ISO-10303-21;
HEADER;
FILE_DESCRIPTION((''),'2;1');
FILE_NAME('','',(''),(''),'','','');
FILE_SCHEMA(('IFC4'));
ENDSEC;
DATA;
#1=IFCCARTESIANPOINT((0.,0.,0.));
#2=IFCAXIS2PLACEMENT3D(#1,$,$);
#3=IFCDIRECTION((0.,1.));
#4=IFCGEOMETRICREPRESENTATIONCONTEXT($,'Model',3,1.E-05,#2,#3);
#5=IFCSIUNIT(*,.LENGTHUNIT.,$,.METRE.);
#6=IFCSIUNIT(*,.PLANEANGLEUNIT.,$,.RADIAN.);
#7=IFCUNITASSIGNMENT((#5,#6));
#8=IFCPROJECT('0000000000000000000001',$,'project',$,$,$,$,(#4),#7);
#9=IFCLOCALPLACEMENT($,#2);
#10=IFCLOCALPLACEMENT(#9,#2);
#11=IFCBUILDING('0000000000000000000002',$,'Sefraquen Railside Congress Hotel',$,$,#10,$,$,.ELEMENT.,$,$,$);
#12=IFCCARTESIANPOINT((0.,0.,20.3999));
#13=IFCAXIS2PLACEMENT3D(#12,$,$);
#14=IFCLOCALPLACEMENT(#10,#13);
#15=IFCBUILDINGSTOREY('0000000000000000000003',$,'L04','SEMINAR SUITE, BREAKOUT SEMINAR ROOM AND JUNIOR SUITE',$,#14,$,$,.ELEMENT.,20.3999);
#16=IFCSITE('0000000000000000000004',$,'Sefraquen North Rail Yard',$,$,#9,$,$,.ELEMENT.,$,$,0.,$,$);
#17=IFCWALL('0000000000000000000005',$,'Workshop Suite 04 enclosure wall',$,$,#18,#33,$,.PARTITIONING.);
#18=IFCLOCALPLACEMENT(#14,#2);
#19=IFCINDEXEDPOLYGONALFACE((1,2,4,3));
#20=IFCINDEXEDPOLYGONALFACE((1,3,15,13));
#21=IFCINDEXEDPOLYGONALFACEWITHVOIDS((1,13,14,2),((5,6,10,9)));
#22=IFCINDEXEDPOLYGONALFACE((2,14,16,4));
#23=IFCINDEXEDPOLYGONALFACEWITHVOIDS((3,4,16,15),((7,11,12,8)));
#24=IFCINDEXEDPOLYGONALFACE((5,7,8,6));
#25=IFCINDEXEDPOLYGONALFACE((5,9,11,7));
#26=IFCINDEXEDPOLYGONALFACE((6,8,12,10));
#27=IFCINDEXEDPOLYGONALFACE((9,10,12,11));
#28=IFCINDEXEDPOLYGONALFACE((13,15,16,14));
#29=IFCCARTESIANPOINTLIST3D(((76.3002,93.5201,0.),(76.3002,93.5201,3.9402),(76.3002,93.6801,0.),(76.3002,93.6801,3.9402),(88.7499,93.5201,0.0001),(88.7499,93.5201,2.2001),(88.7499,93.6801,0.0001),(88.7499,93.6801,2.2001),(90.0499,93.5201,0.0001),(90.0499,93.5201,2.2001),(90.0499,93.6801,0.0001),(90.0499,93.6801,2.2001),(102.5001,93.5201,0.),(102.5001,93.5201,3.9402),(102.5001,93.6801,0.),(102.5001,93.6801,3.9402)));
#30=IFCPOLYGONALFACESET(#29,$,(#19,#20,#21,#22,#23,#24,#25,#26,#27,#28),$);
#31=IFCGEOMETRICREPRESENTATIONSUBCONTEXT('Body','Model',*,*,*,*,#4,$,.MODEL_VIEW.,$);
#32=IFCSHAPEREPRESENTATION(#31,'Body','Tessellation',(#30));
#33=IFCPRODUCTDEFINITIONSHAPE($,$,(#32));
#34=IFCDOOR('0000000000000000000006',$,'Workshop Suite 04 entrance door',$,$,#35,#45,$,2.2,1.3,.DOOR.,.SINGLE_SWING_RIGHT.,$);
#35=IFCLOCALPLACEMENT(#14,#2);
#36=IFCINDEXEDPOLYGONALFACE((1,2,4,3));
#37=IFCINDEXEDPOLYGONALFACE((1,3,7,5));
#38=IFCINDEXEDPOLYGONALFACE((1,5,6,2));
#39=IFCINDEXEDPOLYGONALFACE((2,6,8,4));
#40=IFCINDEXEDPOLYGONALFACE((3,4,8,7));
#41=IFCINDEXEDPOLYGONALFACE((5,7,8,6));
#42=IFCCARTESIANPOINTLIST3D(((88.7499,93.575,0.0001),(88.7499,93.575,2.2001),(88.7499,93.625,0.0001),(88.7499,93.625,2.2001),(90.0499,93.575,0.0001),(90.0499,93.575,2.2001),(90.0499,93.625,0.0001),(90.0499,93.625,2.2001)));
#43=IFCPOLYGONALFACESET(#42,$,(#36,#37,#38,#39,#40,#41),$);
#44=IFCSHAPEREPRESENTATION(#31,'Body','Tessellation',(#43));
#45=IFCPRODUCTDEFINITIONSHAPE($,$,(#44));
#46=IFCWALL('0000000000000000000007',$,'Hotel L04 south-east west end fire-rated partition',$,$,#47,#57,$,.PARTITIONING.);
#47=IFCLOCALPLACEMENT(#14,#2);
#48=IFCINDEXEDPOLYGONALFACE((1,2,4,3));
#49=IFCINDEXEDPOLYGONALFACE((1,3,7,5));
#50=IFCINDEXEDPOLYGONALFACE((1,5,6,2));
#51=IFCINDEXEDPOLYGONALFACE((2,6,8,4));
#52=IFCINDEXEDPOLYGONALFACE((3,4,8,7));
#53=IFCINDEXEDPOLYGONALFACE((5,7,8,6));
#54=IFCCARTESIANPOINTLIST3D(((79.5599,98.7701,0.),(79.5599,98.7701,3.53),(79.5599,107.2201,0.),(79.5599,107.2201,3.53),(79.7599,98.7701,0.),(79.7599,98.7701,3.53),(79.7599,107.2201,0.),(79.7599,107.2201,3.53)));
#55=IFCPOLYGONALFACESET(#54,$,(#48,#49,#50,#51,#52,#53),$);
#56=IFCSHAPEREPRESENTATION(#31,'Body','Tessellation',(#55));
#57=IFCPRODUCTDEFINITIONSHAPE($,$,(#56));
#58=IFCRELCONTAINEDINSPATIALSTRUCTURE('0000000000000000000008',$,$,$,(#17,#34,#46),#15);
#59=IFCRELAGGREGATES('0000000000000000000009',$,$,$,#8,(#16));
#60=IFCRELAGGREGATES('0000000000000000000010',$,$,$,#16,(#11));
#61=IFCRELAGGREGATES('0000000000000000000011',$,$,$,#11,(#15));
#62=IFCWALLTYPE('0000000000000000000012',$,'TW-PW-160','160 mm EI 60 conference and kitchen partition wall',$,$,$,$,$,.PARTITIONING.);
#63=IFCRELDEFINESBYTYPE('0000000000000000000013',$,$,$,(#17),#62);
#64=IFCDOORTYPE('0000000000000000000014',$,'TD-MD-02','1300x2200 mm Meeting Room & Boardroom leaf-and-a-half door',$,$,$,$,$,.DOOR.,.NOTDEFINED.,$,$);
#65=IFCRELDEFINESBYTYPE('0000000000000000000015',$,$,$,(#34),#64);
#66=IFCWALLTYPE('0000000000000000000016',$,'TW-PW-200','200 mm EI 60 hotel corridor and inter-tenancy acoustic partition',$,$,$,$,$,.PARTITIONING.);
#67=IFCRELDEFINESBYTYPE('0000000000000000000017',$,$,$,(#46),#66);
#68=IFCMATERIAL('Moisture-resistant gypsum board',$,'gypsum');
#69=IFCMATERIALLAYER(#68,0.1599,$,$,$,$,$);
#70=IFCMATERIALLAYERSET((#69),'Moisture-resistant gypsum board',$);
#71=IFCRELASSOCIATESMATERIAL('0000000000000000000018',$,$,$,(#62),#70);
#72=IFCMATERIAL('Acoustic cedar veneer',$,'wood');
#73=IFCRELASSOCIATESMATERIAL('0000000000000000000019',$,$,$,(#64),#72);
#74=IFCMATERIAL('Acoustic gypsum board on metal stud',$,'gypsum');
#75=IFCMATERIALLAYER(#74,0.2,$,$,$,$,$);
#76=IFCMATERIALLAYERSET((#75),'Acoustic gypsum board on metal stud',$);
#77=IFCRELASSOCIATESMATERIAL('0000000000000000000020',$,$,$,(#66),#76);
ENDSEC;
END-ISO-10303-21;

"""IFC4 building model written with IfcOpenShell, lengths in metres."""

from ifc_helpers import new_model, si_unit, direction, frame, frame_2d, origin, place, context, subcontext, project, spatial, rectangle, extrude, material, layer, layer_set, type_object, element, fill, save


model = new_model("IFC4")

# Units and contexts
model_context = context("Model", 3, precision=1e-05, world=origin(), true_north=direction((0.0, 1.0)))
body_context = subcontext(model_context, "Body", "Model", "MODEL_VIEW")
ifc_project = project(units=[si_unit("LENGTHUNIT", "METRE"), si_unit("PLANEANGLEUNIT", "RADIAN")], contexts=[model_context])

# Site, building, storey
site_placement = place(None, origin())
site = spatial("IfcSite", under=ifc_project, at=site_placement, Name="Sefraquen North Rail Yard", CompositionType="ELEMENT", RefElevation=0.0)
building_placement = place(site_placement, origin())
building = spatial("IfcBuilding", under=site, at=building_placement, Name="Sefraquen Railside Congress Hotel", CompositionType="ELEMENT")
storey_placement = place(building_placement, frame((0.0, 0.0, 20.3999)))
storey = spatial("IfcBuildingStorey", under=building, at=storey_placement, Name="L04", Description="SEMINAR SUITE, BREAKOUT SEMINAR ROOM AND JUNIOR SUITE", CompositionType="ELEMENT", Elevation=20.3999)

# Wall, opening, door
ifc_material_1 = material(Name="Moisture-resistant gypsum board", Category="gypsum")
ifc_layer_1 = layer(ifc_material_1, 0.1599)
ifc_layer_set_1 = layer_set([ifc_layer_1], Name="Moisture-resistant gypsum board")
wall_type_1 = type_object("IfcWallType", Name="TW-PW-160", Description="160 mm EI 60 conference and kitchen partition wall", PredefinedType="PARTITIONING", material=ifc_layer_set_1)
wall_1_placement = place(storey_placement, frame((76.3, 93.6001, 0.0), z_axis=(0.0, 0.0, 1.0), x_axis=(1.0, 0.0, 0.0)))
wall_1 = element("IfcWall", 1, at=wall_1_placement, inside=storey, type_object=wall_type_1, Name="Workshop Suite 04 enclosure wall", PredefinedType="PARTITIONING", context=body_context, shape_type="SweptSolid", body=[
    extrude(rectangle(XDim=26.2, YDim=0.1599, at=frame_2d((13.1001, 0.0))), origin(), (0.0, 0.0, 1.0), 3.9402),
])
opening_1_placement = place(wall_1_placement, frame((12.45, 0.0, 0.0)))
opening_1 = element("IfcOpeningElement", 2, at=opening_1_placement, cuts=wall_1, PredefinedType="OPENING", context=body_context, shape_type="SweptSolid", body=[
    extrude(rectangle(XDim=1.3, YDim=2.2, at=frame_2d((0.6499, 1.1001))), frame((0.0, 0.0898, 0.0), z_axis=(0.0, -1.0, 0.0), x_axis=(1.0, 0.0, 0.0)), (0.0, 0.0, 1.0), 0.1799),
])
ifc_material_2 = material(Name="Acoustic cedar veneer", Category="wood")
door_type_1 = type_object("IfcDoorType", Name="TD-MD-02", Description="1300x2200 mm Meeting Room & Boardroom leaf-and-a-half door", OperationType="NOTDEFINED", PredefinedType="DOOR", material=ifc_material_2)
door_1_placement = place(opening_1_placement, origin())
door_1 = element("IfcDoor", 3, at=door_1_placement, inside=storey, type_object=door_type_1, Name="Workshop Suite 04 entrance door", OperationType="SINGLE_SWING_RIGHT", OverallHeight=2.2, OverallWidth=1.3, PredefinedType="DOOR", context=body_context, shape_type="SweptSolid", body=[
    extrude(rectangle(XDim=1.3, YDim=2.2, at=frame_2d((0.6499, 1.1001))), frame((0.0, 0.0249, 0.0), z_axis=(0.0, -1.0, 0.0), x_axis=(1.0, 0.0, 0.0)), (0.0, 0.0, 1.0), 0.05),
])
fill(opening_1, door_1)

# Wall
ifc_material_3 = material(Name="Acoustic gypsum board on metal stud", Category="gypsum")
ifc_layer_2 = layer(ifc_material_3, 0.2)
ifc_layer_set_2 = layer_set([ifc_layer_2], Name="Acoustic gypsum board on metal stud")
wall_type_2 = type_object("IfcWallType", Name="TW-PW-200", Description="200 mm EI 60 hotel corridor and inter-tenancy acoustic partition", PredefinedType="PARTITIONING", material=ifc_layer_set_2)
wall_2_placement = place(storey_placement, frame((79.6599, 98.77, 0.0), z_axis=(0.0, 0.0, 1.0), x_axis=(0.0, 1.0, 0.0)))
element("IfcWall", 4, at=wall_2_placement, inside=storey, type_object=wall_type_2, Name="Hotel L04 south-east west end fire-rated partition", PredefinedType="PARTITIONING", context=body_context, shape_type="SweptSolid", body=[
    extrude(rectangle(XDim=8.45, YDim=0.2, at=frame_2d((4.2251, 0.0))), origin(), (0.0, 0.0, 1.0), 3.53),
])

save(model, "model.ifc")
